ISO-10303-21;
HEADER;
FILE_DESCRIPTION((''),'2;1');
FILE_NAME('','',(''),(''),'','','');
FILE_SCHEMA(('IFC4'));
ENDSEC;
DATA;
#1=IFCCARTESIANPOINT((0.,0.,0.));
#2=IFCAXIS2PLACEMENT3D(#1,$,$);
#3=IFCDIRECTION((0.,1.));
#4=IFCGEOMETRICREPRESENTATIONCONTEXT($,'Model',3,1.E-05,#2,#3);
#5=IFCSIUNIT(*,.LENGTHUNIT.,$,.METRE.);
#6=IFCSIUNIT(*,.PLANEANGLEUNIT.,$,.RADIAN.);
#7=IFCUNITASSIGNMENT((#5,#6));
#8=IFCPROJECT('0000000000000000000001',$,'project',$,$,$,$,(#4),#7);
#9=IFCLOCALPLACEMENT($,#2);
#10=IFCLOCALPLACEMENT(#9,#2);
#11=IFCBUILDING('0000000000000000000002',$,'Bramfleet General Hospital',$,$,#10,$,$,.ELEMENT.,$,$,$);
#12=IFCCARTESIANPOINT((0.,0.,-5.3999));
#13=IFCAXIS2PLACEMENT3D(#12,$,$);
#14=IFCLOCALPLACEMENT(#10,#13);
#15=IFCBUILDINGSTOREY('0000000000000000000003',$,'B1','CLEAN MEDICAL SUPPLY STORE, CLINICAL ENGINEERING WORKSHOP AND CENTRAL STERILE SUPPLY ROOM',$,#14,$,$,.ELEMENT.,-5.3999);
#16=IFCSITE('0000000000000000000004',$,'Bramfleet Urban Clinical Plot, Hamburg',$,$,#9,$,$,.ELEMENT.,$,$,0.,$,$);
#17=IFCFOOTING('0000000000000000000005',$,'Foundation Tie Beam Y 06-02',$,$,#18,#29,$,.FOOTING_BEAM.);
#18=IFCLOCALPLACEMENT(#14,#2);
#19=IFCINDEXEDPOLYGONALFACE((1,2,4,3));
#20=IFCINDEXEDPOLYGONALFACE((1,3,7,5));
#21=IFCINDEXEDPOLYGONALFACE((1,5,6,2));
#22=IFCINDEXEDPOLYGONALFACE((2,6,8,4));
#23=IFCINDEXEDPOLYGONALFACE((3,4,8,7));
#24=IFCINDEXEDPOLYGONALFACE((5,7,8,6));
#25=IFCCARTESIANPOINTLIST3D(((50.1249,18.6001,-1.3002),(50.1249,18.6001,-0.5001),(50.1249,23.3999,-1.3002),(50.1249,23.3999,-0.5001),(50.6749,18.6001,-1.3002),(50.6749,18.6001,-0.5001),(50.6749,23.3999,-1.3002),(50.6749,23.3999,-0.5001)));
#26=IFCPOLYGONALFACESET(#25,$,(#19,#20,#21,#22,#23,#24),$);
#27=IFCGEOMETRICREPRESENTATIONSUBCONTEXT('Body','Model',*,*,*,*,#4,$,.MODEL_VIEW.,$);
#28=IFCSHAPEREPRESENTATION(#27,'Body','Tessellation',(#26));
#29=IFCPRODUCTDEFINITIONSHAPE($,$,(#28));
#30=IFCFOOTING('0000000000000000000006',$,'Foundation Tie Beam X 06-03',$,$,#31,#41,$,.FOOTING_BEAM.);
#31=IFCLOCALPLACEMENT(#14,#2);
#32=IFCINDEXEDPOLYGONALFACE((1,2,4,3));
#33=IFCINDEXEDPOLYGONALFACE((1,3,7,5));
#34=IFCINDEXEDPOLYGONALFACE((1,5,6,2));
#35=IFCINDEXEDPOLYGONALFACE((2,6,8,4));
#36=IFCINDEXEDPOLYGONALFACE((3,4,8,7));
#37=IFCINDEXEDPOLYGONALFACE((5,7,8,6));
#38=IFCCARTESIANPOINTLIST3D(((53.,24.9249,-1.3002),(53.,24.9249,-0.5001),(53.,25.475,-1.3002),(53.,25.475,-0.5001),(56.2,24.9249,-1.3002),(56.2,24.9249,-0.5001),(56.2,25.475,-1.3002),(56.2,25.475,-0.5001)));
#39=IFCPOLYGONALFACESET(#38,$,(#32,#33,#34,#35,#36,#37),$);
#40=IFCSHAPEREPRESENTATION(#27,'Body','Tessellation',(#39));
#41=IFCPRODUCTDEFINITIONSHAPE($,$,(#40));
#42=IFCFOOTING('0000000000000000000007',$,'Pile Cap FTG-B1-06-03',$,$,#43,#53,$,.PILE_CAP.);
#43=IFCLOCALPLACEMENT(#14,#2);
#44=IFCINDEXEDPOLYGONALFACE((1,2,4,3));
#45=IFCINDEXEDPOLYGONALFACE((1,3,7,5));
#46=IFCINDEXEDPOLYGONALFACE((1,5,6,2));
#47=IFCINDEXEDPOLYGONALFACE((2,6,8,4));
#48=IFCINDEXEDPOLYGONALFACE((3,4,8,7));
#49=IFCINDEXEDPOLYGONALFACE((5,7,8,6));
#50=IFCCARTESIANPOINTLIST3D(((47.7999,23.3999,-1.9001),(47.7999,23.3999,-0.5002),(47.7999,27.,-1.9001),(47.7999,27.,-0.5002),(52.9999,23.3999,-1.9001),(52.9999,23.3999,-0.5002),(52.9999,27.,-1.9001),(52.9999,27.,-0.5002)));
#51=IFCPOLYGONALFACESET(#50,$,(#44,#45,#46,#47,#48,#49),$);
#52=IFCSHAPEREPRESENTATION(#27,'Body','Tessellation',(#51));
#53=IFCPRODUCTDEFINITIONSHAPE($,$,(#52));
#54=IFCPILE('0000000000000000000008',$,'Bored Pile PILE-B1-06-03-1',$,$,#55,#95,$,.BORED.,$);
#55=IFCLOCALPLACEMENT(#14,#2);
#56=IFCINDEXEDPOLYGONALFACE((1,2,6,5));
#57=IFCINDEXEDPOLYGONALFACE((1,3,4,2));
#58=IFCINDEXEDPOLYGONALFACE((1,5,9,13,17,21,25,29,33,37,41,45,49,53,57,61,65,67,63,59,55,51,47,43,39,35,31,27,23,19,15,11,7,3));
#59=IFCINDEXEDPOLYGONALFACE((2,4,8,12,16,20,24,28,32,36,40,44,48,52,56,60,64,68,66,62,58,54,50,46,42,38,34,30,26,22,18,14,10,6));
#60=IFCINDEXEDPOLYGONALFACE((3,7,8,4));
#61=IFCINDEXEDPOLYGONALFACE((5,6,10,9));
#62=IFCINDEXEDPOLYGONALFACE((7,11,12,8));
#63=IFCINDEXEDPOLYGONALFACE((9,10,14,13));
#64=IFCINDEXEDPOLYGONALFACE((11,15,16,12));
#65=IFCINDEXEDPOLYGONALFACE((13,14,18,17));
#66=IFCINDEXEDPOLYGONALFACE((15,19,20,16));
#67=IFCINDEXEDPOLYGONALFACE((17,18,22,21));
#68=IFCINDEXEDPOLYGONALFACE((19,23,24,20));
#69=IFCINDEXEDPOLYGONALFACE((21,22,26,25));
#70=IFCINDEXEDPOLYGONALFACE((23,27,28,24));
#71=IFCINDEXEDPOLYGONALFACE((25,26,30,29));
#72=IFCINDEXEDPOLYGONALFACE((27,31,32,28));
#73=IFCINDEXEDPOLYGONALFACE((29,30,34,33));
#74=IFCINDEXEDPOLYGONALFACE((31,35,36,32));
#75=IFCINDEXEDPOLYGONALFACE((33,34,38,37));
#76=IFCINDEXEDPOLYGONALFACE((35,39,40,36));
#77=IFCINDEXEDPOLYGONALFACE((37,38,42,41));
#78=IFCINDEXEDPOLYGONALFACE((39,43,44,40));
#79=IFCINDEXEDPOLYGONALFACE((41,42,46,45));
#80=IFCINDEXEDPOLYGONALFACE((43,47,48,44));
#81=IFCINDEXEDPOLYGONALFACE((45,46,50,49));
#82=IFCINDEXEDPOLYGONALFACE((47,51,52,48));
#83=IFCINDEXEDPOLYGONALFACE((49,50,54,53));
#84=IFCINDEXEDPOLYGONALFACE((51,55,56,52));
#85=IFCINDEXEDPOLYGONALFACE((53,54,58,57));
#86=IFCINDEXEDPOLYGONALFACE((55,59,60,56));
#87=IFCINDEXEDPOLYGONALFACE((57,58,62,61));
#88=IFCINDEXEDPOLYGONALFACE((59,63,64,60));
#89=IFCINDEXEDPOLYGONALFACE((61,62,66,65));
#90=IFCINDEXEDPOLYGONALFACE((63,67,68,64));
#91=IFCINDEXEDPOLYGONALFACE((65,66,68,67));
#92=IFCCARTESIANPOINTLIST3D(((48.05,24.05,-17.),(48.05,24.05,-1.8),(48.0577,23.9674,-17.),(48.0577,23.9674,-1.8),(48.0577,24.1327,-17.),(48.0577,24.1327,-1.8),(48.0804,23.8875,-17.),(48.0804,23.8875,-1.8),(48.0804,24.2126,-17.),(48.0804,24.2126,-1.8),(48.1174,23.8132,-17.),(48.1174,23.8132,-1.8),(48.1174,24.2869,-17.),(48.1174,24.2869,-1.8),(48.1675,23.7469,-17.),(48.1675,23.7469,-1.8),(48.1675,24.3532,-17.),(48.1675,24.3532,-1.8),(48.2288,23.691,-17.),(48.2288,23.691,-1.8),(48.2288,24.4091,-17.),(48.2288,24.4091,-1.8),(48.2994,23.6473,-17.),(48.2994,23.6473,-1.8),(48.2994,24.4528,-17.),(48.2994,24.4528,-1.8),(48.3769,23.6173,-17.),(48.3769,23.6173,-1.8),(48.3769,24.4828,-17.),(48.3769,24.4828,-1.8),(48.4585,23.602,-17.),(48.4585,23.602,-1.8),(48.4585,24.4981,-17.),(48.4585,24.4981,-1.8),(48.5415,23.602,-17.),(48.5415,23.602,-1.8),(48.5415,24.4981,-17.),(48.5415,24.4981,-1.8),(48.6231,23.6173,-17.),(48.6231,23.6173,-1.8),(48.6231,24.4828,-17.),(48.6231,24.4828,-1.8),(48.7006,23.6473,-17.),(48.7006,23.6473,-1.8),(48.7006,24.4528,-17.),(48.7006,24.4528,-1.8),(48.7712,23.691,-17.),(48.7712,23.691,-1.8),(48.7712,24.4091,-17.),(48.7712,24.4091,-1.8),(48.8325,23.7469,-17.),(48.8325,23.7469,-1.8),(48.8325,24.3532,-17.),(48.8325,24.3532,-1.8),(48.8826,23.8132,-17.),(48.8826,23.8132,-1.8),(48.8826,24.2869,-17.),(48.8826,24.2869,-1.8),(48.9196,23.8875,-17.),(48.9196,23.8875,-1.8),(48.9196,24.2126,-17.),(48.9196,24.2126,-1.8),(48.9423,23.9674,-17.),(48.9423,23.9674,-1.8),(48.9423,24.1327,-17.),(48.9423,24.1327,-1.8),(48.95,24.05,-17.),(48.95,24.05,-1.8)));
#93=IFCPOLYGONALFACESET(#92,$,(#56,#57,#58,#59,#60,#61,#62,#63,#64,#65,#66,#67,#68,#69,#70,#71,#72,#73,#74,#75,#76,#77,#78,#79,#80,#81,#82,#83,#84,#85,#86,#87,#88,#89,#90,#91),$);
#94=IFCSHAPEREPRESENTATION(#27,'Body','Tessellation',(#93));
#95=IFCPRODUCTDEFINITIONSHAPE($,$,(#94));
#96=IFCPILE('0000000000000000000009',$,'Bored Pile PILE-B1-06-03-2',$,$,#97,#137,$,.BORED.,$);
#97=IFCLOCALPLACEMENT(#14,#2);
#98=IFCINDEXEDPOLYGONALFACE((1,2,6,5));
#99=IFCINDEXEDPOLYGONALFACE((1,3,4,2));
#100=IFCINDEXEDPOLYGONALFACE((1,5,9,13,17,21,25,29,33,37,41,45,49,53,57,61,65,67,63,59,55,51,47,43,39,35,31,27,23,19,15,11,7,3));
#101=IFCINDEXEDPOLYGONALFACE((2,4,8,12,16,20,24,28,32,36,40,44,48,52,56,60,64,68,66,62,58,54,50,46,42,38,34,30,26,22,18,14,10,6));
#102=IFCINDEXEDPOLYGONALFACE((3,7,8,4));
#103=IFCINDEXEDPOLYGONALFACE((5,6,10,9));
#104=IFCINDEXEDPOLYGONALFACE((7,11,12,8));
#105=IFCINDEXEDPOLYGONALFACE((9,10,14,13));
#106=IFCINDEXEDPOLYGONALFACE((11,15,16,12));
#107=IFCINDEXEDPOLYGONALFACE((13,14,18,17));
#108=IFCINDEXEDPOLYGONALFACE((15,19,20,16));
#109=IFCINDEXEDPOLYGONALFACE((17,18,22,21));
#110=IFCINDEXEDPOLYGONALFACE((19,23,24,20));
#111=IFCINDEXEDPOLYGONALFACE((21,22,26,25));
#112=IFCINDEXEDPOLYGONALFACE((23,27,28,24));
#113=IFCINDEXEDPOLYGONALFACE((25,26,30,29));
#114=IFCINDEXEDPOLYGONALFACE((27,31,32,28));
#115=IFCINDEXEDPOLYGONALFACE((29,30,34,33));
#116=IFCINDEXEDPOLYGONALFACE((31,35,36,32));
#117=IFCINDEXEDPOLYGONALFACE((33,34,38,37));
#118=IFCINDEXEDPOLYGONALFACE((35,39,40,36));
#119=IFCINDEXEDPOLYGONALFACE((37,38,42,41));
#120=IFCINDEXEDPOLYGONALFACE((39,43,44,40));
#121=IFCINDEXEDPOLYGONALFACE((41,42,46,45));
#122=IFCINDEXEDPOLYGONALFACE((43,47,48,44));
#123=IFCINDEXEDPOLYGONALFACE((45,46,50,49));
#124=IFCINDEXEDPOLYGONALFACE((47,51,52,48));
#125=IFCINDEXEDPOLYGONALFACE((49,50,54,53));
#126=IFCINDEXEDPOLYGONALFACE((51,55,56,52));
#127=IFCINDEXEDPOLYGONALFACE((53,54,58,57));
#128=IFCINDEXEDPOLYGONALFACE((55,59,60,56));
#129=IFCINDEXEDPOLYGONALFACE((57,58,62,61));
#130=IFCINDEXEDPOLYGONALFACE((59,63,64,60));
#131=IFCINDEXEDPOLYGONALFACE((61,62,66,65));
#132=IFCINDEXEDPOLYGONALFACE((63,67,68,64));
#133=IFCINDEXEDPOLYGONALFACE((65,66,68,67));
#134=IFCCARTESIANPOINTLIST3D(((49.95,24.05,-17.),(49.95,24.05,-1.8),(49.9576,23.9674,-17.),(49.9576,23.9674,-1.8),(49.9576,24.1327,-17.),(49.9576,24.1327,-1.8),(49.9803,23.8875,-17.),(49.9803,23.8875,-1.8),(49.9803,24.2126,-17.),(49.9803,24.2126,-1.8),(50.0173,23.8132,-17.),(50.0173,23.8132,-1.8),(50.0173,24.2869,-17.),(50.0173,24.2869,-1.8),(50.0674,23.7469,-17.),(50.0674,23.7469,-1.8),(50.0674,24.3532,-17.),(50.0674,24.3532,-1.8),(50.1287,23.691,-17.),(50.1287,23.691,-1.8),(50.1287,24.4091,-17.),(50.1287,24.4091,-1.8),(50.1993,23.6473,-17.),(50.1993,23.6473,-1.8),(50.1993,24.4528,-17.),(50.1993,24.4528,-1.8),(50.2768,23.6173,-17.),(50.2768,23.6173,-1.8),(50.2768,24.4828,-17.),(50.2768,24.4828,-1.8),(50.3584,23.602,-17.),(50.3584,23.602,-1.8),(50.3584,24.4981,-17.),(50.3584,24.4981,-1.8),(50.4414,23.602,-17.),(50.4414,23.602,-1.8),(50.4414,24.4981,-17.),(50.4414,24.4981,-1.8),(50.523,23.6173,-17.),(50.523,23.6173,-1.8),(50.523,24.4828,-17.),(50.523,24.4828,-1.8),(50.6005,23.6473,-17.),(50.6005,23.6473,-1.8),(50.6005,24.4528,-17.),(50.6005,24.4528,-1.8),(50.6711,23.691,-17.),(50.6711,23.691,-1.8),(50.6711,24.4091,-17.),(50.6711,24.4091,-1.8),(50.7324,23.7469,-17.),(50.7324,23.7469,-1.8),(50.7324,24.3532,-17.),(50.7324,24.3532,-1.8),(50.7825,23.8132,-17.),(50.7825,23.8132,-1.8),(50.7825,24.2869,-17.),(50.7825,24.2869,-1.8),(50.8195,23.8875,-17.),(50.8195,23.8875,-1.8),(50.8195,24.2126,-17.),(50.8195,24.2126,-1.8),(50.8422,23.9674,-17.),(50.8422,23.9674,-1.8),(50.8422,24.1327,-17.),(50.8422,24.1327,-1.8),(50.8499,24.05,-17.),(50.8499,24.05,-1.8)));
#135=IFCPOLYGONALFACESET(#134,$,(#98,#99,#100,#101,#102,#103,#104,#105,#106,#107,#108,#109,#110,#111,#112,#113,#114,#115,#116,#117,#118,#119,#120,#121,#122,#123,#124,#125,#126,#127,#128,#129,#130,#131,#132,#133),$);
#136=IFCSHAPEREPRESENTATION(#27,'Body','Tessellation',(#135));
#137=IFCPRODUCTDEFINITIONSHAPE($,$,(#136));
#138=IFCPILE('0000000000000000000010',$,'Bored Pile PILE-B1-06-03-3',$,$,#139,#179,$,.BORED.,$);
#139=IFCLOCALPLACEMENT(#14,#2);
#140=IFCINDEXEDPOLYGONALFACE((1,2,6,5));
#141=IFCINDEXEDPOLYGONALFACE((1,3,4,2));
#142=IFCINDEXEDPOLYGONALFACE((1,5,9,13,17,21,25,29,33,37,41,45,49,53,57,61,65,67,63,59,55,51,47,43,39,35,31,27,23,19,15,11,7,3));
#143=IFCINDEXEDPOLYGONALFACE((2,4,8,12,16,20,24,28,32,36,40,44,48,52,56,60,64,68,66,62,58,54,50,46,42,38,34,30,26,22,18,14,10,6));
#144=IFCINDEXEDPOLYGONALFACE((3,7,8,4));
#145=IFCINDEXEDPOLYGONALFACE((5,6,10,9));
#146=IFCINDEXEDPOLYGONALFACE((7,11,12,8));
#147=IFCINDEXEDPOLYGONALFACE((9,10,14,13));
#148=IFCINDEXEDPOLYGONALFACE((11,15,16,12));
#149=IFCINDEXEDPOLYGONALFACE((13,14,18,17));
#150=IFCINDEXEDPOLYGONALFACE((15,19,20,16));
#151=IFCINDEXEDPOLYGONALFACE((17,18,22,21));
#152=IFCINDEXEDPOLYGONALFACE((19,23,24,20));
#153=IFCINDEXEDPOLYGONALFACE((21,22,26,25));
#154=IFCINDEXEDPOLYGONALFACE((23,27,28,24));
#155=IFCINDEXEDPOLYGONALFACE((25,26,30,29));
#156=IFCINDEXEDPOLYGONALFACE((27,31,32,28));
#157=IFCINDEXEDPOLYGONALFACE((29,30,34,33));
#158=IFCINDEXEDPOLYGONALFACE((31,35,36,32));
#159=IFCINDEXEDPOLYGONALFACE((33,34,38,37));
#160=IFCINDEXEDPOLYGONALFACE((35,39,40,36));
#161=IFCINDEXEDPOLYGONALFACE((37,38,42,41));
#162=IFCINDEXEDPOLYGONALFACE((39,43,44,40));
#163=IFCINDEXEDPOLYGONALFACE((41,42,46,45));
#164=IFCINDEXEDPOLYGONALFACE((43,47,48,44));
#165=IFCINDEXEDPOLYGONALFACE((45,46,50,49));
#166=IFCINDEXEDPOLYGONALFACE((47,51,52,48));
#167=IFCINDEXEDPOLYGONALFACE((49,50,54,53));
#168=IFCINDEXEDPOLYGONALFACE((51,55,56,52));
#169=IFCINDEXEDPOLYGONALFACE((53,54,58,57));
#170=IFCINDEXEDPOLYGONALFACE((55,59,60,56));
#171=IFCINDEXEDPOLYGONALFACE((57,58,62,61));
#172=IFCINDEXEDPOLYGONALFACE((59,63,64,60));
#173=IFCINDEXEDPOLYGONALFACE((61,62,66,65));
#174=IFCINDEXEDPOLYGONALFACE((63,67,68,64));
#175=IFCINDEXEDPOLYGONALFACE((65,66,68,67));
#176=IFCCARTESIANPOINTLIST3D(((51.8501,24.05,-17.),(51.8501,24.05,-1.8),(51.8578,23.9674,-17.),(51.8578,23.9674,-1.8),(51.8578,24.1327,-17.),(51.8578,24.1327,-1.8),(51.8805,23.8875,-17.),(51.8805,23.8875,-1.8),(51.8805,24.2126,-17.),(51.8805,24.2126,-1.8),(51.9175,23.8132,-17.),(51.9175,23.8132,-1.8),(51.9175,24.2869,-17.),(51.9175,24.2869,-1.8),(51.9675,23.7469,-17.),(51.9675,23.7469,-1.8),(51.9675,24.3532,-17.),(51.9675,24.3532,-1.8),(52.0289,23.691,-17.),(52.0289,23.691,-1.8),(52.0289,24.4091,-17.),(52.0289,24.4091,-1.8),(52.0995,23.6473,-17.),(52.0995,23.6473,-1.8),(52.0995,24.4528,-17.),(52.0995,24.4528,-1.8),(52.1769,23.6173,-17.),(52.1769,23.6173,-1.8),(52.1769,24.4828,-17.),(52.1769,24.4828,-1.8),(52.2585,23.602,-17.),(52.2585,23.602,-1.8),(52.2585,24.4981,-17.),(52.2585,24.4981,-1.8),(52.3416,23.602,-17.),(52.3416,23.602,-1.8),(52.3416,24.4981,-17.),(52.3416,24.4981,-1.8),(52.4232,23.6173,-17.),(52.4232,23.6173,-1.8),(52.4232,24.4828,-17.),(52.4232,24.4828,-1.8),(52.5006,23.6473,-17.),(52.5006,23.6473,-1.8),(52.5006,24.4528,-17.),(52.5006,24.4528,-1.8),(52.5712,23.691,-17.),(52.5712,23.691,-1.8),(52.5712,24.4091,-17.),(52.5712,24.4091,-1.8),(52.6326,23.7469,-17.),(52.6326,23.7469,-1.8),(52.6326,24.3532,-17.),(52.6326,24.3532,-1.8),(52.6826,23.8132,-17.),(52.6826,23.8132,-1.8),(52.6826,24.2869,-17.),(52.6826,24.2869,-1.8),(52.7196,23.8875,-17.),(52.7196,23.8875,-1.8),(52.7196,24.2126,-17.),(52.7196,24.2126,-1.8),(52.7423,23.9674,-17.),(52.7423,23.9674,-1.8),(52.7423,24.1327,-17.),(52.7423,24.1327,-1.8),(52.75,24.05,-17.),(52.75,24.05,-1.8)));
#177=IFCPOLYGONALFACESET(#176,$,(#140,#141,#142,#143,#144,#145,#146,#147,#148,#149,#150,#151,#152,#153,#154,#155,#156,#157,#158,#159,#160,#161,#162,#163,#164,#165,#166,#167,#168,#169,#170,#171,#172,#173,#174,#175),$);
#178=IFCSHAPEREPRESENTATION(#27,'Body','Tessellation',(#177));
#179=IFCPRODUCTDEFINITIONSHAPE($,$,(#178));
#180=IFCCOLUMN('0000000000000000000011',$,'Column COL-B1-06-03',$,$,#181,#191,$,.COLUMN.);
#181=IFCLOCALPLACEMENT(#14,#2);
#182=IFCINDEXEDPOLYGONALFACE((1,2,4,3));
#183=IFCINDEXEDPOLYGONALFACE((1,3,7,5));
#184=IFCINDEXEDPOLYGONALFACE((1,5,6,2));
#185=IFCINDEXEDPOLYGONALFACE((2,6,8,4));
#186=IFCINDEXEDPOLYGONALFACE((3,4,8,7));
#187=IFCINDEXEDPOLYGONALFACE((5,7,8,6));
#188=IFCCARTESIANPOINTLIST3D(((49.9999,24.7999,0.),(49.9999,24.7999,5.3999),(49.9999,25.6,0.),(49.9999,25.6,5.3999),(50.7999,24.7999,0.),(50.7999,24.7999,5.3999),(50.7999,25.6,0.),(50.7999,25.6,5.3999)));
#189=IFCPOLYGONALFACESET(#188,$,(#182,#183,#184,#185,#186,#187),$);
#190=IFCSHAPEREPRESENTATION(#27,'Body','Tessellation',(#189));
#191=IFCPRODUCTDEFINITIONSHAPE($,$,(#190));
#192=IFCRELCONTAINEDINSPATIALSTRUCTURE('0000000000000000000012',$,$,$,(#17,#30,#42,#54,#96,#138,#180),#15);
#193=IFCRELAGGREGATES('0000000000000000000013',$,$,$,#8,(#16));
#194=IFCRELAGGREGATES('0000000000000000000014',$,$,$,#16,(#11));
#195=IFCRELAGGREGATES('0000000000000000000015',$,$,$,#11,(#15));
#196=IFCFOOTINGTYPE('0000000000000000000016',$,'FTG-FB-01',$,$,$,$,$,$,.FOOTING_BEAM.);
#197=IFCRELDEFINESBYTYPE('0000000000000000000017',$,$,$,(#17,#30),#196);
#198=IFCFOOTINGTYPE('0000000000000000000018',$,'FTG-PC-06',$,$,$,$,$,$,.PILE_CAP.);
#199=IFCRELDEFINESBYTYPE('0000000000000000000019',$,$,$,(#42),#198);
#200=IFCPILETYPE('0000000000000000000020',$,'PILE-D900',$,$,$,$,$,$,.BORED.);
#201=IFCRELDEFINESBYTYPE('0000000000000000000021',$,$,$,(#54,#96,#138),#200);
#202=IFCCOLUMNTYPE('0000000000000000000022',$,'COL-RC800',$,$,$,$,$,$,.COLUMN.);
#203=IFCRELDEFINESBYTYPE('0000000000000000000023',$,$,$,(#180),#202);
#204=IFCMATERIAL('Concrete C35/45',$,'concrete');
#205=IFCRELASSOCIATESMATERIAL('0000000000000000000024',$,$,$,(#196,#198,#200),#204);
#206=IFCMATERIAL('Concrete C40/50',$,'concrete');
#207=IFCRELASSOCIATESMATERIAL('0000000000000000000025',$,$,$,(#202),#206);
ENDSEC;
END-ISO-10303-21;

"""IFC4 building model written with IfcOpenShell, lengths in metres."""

from ifc_helpers import new_model, si_unit, direction, frame, origin, origin_2d, place, context, subcontext, project, spatial, rectangle, circle, extrude, material, material_profile, profile_set, type_object, element, save


model = new_model("IFC4")

# Units and contexts
model_context = context("Model", 3, precision=1e-05, world=origin(), true_north=direction((0.0, 1.0)))
body_context = subcontext(model_context, "Body", "Model", "MODEL_VIEW")
ifc_project = project(units=[si_unit("LENGTHUNIT", "METRE"), si_unit("PLANEANGLEUNIT", "RADIAN")], contexts=[model_context])

# Site, building, storey
site_placement = place(None, origin())
site = spatial("IfcSite", under=ifc_project, at=site_placement, Name="Bramfleet Urban Clinical Plot, Hamburg", CompositionType="ELEMENT", RefElevation=0.0)
building_placement = place(site_placement, origin())
building = spatial("IfcBuilding", under=site, at=building_placement, Name="Bramfleet General Hospital", CompositionType="ELEMENT")
storey_placement = place(building_placement, frame((0.0, 0.0, -5.3999)))
storey = spatial("IfcBuildingStorey", under=building, at=storey_placement, Name="B1", Description="CLEAN MEDICAL SUPPLY STORE, CLINICAL ENGINEERING WORKSHOP AND CENTRAL STERILE SUPPLY ROOM", CompositionType="ELEMENT", Elevation=-5.3999)

# Footings
ifc_material_1 = material(Name="Concrete C35/45", Category="concrete")
ifc_material_profile_1 = material_profile(ifc_material_1, rectangle(XDim=0.55, YDim=0.8, at=origin_2d()), Name="RC FB 800x550")
ifc_profile_set_1 = profile_set([ifc_material_profile_1], Name="Concrete C35/45")
footing_type_1 = type_object("IfcFootingType", Name="FTG-FB-01", PredefinedType="FOOTING_BEAM", material=ifc_profile_set_1)
footing_1_placement = place(storey_placement, frame((50.3999, 18.6001, -0.9001), z_axis=(0.0, 1.0, 0.0), x_axis=(-1.0, 0.0, 0.0)))
element("IfcFooting", 1, at=footing_1_placement, inside=storey, type_object=footing_type_1, Name="Foundation Tie Beam Y 06-02", PredefinedType="FOOTING_BEAM", context=body_context, shape_type="SweptSolid", body=[
    extrude(rectangle(XDim=0.55, YDim=0.8, at=origin_2d()), origin(), (0.0, 0.0, 1.0), 4.7998),
])
footing_2_placement = place(storey_placement, frame((53.0, 25.2, -0.9001), z_axis=(1.0, 0.0, 0.0), x_axis=(0.0, 1.0, 0.0)))
element("IfcFooting", 2, at=footing_2_placement, inside=storey, type_object=footing_type_1, Name="Foundation Tie Beam X 06-03", PredefinedType="FOOTING_BEAM", context=body_context, shape_type="SweptSolid", body=[
    extrude(rectangle(XDim=0.55, YDim=0.8, at=origin_2d()), origin(), (0.0, 0.0, 1.0), 3.2),
])
footing_type_2 = type_object("IfcFootingType", Name="FTG-PC-06", PredefinedType="PILE_CAP", material=ifc_material_1)
footing_3_placement = place(storey_placement, frame((50.3999, 25.2, -1.9001), z_axis=(0.0, 0.0, 1.0), x_axis=(1.0, 0.0, 0.0)))
element("IfcFooting", 3, at=footing_3_placement, inside=storey, type_object=footing_type_2, Name="Pile Cap FTG-B1-06-03", PredefinedType="PILE_CAP", context=body_context, shape_type="SweptSolid", body=[
    extrude(rectangle(XDim=5.2, YDim=3.6001, at=origin_2d()), origin(), (0.0, 0.0, 1.0), 1.3999),
])

# Piles
ifc_material_profile_2 = material_profile(ifc_material_1, circle(Radius=0.45, at=origin_2d()), Name="PILE BORED D900")
ifc_profile_set_2 = profile_set([ifc_material_profile_2], Name="Concrete C35/45")
pile_type = type_object("IfcPileType", Name="PILE-D900", PredefinedType="BORED", material=ifc_profile_set_2)
for number, where, z_axis, x_axis, name in (
    (4, (48.5, 24.05, -1.8), (0.0, 0.0, -1.0), (1.0, 0.0, 0.0), "Bored Pile PILE-B1-06-03-1"),
    (5, (50.3999, 24.05, -1.8), (0.0, 0.0, -1.0), (1.0, 0.0, 0.0), "Bored Pile PILE-B1-06-03-2"),
    (6, (52.3, 24.05, -1.8), (0.0, 0.0, -1.0), (1.0, 0.0, 0.0), "Bored Pile PILE-B1-06-03-3"),
):
    element("IfcPile", number, at=place(storey_placement, frame(where, z_axis=z_axis, x_axis=x_axis)), inside=storey, type_object=pile_type, Name=name, PredefinedType="BORED", context=body_context, shape_type="SweptSolid", body=[
        extrude(circle(Radius=0.45, at=origin_2d()), origin(), (0.0, 0.0, 1.0), 15.2),
    ])

# Column
ifc_material_2 = material(Name="Concrete C40/50", Category="concrete")
ifc_material_profile_3 = material_profile(ifc_material_2, rectangle(XDim=0.8, YDim=0.8, at=origin_2d()), Name="RC COL 800x800")
ifc_profile_set_3 = profile_set([ifc_material_profile_3], Name="Concrete C40/50")
column_type = type_object("IfcColumnType", Name="COL-RC800", PredefinedType="COLUMN", material=ifc_profile_set_3)
column_placement = place(storey_placement, frame((50.3999, 25.2, 0.0), z_axis=(0.0, 0.0, 1.0), x_axis=(1.0, 0.0, 0.0)))
element("IfcColumn", 7, at=column_placement, inside=storey, type_object=column_type, Name="Column COL-B1-06-03", PredefinedType="COLUMN", context=body_context, shape_type="SweptSolid", body=[
    extrude(rectangle(XDim=0.8, YDim=0.8, at=origin_2d()), origin(), (0.0, 0.0, 1.0), 5.3999),
])

save(model, "model.ifc")
